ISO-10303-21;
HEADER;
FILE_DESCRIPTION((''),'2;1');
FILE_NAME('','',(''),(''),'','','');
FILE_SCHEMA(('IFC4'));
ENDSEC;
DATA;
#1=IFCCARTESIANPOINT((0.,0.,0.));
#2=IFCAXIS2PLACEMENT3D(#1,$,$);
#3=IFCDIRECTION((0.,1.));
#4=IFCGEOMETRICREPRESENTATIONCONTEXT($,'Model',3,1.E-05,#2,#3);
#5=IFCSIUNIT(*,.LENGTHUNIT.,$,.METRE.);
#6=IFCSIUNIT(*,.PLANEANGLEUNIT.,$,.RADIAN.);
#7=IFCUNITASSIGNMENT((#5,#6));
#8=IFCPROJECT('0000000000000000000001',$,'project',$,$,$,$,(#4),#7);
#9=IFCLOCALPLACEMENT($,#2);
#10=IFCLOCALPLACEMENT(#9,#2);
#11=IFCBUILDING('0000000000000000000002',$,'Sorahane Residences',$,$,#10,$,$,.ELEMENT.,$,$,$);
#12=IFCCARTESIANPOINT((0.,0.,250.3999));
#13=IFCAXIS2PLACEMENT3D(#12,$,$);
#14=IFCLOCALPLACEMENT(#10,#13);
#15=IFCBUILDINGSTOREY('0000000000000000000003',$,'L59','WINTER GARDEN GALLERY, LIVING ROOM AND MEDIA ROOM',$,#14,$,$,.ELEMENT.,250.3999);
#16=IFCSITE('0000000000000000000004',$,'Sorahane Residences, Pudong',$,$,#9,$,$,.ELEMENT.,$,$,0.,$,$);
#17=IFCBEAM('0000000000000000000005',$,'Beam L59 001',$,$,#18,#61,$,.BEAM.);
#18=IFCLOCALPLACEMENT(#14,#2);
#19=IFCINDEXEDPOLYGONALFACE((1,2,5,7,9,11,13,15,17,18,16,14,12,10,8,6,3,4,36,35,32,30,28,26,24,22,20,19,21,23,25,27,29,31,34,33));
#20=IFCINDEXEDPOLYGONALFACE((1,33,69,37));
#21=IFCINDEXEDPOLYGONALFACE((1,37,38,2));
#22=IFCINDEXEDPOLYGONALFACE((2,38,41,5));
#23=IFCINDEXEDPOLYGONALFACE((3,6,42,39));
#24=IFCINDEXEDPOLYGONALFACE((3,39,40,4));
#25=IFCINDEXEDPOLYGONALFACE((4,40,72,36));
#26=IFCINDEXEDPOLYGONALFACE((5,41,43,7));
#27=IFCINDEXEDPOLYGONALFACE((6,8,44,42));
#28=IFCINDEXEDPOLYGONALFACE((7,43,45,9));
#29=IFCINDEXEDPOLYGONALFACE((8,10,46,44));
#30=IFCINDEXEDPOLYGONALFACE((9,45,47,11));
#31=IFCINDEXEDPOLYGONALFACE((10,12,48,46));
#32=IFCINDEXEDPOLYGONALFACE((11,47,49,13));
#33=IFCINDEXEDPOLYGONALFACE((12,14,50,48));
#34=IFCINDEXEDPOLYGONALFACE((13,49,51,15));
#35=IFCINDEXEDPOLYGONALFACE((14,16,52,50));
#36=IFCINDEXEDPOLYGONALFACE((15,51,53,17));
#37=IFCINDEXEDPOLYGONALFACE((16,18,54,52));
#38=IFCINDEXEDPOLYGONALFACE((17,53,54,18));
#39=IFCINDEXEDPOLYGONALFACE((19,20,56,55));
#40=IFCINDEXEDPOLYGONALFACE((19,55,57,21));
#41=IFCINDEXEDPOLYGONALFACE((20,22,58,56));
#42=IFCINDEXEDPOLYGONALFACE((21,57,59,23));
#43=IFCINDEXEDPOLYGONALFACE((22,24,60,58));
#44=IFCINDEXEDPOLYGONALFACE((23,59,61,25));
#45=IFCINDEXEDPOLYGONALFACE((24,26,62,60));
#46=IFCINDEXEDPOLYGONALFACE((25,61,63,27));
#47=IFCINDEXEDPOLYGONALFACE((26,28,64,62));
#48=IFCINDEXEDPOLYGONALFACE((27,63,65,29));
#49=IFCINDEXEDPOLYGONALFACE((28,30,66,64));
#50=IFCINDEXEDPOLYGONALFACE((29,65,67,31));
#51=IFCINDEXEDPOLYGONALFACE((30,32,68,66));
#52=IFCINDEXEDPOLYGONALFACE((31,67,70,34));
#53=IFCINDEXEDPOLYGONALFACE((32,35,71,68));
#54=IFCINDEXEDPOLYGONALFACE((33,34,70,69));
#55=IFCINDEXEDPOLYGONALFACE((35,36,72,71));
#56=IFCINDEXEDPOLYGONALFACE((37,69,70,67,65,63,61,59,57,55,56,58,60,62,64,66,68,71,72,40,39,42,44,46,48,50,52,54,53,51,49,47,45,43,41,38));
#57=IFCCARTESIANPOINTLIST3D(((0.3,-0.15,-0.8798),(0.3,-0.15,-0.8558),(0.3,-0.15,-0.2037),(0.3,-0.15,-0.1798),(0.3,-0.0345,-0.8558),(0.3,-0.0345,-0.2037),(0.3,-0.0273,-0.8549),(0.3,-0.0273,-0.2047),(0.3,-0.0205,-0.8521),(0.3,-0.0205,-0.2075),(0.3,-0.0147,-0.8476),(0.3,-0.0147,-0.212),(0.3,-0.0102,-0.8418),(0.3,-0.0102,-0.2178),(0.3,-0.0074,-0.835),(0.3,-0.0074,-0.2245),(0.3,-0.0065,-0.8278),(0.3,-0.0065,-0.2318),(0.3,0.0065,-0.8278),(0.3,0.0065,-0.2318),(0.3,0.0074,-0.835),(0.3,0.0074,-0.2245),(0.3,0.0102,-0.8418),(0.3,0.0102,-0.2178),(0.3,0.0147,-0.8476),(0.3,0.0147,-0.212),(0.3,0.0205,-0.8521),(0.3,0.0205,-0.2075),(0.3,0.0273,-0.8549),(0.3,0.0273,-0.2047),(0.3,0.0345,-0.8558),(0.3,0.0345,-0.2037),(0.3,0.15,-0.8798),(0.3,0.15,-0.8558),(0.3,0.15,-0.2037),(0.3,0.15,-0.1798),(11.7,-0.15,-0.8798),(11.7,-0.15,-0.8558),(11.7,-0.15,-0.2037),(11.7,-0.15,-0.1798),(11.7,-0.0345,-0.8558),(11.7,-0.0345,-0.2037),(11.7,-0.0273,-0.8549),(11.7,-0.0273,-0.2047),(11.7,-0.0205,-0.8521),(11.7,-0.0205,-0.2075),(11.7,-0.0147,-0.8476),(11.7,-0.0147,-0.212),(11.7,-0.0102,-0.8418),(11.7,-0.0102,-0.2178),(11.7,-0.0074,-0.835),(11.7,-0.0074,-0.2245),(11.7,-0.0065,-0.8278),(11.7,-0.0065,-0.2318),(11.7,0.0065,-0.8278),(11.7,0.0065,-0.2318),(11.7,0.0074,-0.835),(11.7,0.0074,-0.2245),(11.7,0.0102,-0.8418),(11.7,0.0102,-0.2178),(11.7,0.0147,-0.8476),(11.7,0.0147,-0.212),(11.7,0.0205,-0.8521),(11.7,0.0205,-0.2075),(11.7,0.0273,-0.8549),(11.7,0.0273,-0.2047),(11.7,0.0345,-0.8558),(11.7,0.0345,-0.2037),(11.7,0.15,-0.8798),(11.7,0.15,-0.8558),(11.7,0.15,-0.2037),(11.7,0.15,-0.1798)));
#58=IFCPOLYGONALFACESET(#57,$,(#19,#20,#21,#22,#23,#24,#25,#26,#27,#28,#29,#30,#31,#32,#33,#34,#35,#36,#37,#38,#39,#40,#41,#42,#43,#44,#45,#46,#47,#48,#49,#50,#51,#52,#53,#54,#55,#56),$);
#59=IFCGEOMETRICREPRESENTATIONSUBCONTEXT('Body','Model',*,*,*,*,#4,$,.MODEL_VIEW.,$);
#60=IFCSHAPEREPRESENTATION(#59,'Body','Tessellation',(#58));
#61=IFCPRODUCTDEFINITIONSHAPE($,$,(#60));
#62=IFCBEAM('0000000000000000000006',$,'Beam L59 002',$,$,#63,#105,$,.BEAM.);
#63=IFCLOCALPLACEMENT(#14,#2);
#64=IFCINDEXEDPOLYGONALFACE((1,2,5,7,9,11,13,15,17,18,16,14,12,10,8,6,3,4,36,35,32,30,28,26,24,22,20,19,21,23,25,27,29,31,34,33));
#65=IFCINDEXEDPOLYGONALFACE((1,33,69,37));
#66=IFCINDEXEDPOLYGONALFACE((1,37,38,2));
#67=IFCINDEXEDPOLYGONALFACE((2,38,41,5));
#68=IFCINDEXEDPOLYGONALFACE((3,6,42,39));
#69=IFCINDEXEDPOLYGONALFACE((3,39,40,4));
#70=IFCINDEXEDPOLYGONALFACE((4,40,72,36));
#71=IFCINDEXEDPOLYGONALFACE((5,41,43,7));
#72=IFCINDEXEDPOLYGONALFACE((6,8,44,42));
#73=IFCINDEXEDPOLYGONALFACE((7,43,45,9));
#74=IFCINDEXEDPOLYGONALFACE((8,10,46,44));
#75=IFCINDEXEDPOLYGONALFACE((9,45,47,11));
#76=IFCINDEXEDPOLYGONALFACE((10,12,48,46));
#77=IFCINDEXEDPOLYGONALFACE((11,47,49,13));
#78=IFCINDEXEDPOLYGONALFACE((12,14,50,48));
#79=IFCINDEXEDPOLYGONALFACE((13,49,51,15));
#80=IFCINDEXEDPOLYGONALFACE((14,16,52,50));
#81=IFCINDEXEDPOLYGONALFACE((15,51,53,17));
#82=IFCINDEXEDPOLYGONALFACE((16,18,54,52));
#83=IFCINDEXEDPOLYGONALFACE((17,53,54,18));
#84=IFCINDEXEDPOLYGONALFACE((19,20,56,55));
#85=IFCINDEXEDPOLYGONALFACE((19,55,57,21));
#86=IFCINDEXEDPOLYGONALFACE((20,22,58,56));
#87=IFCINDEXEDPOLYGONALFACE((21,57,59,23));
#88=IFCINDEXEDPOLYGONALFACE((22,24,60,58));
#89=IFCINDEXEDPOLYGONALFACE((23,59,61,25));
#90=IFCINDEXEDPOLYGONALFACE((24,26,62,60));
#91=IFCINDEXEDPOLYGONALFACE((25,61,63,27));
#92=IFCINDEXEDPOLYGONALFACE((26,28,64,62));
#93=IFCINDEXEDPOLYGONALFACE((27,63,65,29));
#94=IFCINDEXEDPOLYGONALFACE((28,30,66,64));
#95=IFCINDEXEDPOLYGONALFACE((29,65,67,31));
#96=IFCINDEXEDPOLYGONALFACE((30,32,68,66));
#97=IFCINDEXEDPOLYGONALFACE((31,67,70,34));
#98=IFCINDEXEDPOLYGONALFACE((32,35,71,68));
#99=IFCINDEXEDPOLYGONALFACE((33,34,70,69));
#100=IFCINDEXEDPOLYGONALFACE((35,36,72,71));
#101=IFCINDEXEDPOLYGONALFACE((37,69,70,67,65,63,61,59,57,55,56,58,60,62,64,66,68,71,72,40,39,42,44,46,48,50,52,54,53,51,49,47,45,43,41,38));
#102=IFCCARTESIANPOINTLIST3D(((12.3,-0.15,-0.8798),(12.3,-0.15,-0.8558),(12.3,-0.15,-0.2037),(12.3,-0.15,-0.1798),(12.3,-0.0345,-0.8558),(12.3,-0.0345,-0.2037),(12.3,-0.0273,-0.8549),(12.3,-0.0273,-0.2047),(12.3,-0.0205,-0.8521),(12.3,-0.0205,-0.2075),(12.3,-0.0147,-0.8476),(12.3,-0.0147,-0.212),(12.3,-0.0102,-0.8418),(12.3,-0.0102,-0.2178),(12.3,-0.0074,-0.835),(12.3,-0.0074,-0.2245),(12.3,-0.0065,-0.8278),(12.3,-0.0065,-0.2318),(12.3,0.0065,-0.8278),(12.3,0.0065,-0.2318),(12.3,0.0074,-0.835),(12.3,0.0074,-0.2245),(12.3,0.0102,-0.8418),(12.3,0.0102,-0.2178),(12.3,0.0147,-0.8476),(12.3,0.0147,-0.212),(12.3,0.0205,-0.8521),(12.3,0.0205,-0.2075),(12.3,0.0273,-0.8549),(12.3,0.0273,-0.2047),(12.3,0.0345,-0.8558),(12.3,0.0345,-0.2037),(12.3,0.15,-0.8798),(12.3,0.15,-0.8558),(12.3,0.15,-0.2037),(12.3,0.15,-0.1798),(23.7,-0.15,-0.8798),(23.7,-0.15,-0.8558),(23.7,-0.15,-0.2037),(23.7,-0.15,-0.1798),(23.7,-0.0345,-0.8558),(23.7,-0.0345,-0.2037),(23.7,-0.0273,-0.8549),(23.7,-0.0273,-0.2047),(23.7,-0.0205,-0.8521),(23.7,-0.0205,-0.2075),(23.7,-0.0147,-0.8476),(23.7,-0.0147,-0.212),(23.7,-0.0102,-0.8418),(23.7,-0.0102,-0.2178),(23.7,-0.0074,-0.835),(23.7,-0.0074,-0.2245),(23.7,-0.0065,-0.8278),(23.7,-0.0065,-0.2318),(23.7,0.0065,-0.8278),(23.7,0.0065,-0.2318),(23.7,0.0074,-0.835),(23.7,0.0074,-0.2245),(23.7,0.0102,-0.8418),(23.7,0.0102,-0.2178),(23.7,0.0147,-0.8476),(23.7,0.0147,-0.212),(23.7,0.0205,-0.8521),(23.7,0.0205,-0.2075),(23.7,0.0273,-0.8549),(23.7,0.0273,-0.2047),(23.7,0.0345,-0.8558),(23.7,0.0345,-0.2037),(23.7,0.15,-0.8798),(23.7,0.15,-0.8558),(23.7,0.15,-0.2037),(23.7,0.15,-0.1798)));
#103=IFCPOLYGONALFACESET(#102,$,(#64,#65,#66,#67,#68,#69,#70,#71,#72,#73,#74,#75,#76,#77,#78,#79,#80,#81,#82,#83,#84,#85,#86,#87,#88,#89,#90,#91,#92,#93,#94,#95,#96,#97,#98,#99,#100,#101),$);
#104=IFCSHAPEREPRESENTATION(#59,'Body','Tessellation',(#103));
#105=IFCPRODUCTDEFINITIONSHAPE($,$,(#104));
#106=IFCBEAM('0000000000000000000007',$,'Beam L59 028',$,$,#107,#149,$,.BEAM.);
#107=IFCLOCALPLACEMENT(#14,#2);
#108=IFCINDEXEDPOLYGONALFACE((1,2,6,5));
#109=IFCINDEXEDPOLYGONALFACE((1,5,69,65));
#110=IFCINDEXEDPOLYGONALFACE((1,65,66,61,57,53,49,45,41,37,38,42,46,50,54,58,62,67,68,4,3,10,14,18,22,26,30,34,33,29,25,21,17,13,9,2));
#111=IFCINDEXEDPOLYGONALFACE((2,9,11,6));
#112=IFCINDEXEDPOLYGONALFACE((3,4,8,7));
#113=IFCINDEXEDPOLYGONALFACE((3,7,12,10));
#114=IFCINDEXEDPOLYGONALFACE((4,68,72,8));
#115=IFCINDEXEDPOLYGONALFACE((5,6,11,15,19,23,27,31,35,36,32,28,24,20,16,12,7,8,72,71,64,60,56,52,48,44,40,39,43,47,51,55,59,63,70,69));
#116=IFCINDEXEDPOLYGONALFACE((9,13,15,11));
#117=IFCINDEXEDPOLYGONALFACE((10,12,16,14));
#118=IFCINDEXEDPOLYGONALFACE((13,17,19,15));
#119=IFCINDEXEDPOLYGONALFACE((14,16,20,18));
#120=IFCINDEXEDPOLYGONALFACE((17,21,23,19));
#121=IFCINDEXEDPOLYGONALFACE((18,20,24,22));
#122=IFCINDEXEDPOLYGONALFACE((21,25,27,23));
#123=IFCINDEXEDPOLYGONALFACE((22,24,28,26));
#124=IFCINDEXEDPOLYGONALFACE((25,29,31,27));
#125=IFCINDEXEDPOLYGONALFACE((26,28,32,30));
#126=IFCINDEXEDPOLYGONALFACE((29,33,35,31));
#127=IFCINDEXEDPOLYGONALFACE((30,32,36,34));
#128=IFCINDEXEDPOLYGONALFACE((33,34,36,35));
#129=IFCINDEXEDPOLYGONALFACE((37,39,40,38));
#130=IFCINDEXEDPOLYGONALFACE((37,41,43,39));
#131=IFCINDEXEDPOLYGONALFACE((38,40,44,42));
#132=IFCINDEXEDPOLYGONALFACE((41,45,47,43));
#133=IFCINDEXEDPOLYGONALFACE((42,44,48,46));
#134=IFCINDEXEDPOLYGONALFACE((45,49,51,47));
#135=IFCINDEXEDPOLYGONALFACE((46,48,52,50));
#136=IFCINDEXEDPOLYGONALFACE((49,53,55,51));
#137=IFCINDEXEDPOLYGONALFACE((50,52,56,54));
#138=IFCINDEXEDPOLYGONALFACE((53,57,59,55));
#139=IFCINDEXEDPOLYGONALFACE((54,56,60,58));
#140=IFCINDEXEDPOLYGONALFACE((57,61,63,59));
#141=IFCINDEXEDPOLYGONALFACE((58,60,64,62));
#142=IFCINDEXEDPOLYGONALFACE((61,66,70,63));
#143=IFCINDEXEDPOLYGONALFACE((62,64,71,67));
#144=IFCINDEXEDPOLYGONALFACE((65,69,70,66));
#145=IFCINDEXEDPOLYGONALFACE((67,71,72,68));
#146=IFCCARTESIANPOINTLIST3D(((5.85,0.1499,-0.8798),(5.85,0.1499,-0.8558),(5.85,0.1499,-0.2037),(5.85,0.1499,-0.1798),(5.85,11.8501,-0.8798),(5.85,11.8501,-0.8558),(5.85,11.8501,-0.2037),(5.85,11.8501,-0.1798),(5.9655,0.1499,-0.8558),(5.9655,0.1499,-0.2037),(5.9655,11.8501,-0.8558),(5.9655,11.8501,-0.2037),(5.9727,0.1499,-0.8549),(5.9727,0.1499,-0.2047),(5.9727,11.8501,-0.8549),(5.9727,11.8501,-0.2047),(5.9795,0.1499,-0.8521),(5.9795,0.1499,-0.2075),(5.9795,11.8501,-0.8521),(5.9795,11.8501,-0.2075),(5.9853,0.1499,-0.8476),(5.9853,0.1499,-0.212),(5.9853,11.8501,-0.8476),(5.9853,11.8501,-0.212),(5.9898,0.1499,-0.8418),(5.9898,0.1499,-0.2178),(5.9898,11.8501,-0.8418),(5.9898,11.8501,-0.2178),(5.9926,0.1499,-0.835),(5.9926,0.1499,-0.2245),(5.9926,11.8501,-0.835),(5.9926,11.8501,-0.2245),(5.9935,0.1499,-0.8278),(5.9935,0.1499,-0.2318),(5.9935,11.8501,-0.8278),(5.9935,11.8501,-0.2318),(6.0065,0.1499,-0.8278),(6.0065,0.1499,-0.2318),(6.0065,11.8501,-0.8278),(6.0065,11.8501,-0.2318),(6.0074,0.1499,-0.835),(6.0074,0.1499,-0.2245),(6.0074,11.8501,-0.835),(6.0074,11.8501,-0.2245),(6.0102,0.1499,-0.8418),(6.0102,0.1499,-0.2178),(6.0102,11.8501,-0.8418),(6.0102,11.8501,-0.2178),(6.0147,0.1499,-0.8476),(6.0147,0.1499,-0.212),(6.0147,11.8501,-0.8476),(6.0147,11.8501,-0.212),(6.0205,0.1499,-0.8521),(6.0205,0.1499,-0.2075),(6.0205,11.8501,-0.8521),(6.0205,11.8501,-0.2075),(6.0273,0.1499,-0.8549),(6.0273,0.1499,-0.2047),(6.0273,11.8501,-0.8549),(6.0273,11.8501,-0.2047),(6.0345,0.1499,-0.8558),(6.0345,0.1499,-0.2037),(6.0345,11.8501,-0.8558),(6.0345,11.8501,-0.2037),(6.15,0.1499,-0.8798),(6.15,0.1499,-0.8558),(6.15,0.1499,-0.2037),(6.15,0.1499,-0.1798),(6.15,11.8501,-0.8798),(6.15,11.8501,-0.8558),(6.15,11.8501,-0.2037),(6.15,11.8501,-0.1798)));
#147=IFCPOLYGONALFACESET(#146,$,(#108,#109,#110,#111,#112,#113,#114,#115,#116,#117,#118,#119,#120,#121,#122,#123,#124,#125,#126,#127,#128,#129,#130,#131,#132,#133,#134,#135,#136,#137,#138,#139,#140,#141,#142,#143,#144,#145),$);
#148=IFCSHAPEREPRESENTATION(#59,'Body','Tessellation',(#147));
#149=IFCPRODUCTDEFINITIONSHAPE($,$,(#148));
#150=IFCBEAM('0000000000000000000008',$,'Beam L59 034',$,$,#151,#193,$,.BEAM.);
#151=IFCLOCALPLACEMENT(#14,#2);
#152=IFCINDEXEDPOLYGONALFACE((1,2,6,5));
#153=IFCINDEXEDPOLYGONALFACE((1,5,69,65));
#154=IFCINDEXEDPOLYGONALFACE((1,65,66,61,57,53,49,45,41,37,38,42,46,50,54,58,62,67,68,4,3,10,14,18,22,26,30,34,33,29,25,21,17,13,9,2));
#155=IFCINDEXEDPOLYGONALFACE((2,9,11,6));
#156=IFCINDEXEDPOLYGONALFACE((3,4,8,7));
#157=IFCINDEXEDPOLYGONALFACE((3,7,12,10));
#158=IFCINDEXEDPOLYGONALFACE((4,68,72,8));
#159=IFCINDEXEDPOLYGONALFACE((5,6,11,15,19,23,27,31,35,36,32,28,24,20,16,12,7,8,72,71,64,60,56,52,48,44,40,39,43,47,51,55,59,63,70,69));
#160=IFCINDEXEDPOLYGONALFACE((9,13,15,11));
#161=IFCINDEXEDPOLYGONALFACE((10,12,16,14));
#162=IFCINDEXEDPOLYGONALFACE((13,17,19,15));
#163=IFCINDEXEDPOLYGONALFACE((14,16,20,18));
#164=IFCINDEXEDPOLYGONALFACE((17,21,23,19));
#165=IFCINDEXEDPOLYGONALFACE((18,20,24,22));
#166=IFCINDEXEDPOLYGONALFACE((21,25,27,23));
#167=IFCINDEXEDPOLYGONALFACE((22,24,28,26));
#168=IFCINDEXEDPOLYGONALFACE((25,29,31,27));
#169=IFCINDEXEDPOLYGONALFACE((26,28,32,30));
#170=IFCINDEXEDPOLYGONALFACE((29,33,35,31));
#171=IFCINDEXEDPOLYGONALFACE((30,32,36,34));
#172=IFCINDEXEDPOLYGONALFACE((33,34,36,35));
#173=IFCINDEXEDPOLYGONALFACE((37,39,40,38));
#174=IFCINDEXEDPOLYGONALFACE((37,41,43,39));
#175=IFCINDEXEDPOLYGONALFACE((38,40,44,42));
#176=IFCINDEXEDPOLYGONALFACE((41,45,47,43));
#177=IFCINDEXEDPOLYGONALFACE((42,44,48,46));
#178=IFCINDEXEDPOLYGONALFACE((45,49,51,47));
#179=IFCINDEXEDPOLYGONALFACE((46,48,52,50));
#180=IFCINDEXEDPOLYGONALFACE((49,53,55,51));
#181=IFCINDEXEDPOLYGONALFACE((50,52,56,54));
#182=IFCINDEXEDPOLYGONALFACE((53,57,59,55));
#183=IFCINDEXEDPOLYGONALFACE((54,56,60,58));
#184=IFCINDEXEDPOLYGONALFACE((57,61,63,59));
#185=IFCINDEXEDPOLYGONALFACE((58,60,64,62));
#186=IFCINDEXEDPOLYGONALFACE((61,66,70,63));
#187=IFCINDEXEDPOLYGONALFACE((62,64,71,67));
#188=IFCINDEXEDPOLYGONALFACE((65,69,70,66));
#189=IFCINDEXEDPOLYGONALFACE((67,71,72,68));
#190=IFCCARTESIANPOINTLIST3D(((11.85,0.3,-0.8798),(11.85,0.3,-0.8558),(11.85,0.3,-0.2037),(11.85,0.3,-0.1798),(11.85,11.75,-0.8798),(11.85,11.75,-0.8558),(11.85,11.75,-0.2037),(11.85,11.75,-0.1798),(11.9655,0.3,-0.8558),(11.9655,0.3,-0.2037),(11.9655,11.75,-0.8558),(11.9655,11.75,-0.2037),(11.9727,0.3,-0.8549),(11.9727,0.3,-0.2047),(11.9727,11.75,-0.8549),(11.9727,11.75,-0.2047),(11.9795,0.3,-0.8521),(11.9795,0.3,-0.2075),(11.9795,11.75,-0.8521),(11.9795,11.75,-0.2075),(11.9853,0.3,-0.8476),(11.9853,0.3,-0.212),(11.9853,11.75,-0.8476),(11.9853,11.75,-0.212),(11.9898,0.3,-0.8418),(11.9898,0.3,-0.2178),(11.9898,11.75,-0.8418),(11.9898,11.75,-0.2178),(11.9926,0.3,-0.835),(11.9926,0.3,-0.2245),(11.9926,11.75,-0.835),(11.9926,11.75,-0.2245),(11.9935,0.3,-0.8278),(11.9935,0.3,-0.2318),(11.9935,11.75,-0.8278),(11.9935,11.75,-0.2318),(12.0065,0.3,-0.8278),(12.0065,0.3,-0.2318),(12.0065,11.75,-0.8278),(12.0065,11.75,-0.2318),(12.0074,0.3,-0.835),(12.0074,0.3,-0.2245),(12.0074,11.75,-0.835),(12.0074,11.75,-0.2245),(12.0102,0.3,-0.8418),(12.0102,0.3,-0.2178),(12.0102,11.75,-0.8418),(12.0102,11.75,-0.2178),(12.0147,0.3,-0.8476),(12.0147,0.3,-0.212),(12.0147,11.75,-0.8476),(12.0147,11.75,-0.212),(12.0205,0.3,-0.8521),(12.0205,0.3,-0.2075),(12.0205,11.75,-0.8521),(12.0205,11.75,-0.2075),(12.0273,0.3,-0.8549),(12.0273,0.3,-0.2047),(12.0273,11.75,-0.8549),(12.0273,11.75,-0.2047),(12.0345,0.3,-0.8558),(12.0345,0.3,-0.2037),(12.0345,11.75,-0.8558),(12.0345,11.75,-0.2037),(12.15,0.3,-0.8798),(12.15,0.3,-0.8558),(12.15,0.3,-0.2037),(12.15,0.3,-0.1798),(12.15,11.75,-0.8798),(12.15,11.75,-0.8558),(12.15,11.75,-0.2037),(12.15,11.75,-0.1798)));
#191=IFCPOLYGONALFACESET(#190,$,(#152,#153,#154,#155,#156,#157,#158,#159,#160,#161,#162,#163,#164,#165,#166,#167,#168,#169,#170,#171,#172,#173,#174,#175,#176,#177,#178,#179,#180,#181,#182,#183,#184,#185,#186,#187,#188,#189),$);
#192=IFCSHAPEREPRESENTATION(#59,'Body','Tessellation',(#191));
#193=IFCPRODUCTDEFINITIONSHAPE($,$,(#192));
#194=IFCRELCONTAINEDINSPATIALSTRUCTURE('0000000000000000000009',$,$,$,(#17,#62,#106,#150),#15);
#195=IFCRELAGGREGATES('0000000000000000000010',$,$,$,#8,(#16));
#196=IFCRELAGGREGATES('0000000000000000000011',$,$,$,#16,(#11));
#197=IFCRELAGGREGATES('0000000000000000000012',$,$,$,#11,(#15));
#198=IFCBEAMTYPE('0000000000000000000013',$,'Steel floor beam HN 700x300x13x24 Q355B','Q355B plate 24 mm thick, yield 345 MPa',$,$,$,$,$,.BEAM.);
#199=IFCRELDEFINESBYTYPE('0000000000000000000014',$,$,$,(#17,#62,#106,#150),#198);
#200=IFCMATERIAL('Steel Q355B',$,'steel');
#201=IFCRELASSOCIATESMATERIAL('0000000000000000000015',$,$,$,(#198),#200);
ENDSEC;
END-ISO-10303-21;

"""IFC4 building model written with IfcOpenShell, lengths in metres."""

from ifc_helpers import new_model, si_unit, direction, frame, origin, origin_2d, place, context, subcontext, project, spatial, i_section, extrude, material, material_profile, profile_set, type_object, element, save


model = new_model("IFC4")

# Units and contexts
model_context = context("Model", 3, precision=1e-05, world=origin(), true_north=direction((0.0, 1.0)))
body_context = subcontext(model_context, "Body", "Model", "MODEL_VIEW")
ifc_project = project(units=[si_unit("LENGTHUNIT", "METRE"), si_unit("PLANEANGLEUNIT", "RADIAN")], contexts=[model_context])

# Site, building, storey
site_placement = place(None, origin())
site = spatial("IfcSite", under=ifc_project, at=site_placement, Name="Sorahane Residences, Pudong", CompositionType="ELEMENT", RefElevation=0.0)
building_placement = place(site_placement, origin())
building = spatial("IfcBuilding", under=site, at=building_placement, Name="Sorahane Residences", CompositionType="ELEMENT")
storey_placement = place(building_placement, frame((0.0, 0.0, 250.3999)))
storey = spatial("IfcBuildingStorey", under=building, at=storey_placement, Name="L59", Description="WINTER GARDEN GALLERY, LIVING ROOM AND MEDIA ROOM", CompositionType="ELEMENT", Elevation=250.3999)

# Beams
ifc_material_1 = material(Name="Steel Q355B", Category="steel")
ifc_material_profile_1 = material_profile(ifc_material_1, i_section(OverallWidth=0.3, OverallDepth=0.7, WebThickness=0.0129, FlangeThickness=0.0239, FilletRadius=0.0281, at=origin_2d()), Name="HN 700x300x13x24")
ifc_profile_set_1 = profile_set([ifc_material_profile_1], Name="Steel Q355B")
beam_type_1 = type_object("IfcBeamType", Name="Steel floor beam HN 700x300x13x24 Q355B", Description="Q355B plate 24 mm thick, yield 345 MPa", PredefinedType="BEAM", material=ifc_profile_set_1)
for number, where, z_axis, x_axis, name in (
    (1, (0.3, 0.0, -0.5298), (1.0, 0.0, 0.0), (0.0, 1.0, 0.0), "Beam L59 001"),
    (2, (12.3, 0.0, -0.5298), (1.0, 0.0, 0.0), (0.0, 1.0, 0.0), "Beam L59 002"),
):
    element("IfcBeam", number, at=place(storey_placement, frame(where, z_axis=z_axis, x_axis=x_axis)), inside=storey, type_object=beam_type_1, Name=name, PredefinedType="BEAM", context=body_context, shape_type="SweptSolid", body=[
        extrude(i_section(OverallWidth=0.3, OverallDepth=0.7, WebThickness=0.0129, FlangeThickness=0.0239, FilletRadius=0.0281, at=origin_2d()), origin(), (0.0, 0.0, 1.0), 11.3999),
    ])
beam_1_placement = place(storey_placement, frame((6.0, 0.1499, -0.5298), z_axis=(0.0, 1.0, 0.0), x_axis=(-1.0, 0.0, 0.0)))
element("IfcBeam", 3, at=beam_1_placement, inside=storey, type_object=beam_type_1, Name="Beam L59 028", PredefinedType="BEAM", context=body_context, shape_type="SweptSolid", body=[
    extrude(i_section(OverallWidth=0.3, OverallDepth=0.7, WebThickness=0.0129, FlangeThickness=0.0239, FilletRadius=0.0281, at=origin_2d()), origin(), (0.0, 0.0, 1.0), 11.7002),
])
beam_2_placement = place(storey_placement, frame((12.0, 0.3, -0.5298), z_axis=(0.0, 1.0, 0.0), x_axis=(-1.0, 0.0, 0.0)))
element("IfcBeam", 4, at=beam_2_placement, inside=storey, type_object=beam_type_1, Name="Beam L59 034", PredefinedType="BEAM", context=body_context, shape_type="SweptSolid", body=[
    extrude(i_section(OverallWidth=0.3, OverallDepth=0.7, WebThickness=0.0129, FlangeThickness=0.0239, FilletRadius=0.0281, at=origin_2d()), origin(), (0.0, 0.0, 1.0), 11.45),
])

save(model, "model.ifc")
